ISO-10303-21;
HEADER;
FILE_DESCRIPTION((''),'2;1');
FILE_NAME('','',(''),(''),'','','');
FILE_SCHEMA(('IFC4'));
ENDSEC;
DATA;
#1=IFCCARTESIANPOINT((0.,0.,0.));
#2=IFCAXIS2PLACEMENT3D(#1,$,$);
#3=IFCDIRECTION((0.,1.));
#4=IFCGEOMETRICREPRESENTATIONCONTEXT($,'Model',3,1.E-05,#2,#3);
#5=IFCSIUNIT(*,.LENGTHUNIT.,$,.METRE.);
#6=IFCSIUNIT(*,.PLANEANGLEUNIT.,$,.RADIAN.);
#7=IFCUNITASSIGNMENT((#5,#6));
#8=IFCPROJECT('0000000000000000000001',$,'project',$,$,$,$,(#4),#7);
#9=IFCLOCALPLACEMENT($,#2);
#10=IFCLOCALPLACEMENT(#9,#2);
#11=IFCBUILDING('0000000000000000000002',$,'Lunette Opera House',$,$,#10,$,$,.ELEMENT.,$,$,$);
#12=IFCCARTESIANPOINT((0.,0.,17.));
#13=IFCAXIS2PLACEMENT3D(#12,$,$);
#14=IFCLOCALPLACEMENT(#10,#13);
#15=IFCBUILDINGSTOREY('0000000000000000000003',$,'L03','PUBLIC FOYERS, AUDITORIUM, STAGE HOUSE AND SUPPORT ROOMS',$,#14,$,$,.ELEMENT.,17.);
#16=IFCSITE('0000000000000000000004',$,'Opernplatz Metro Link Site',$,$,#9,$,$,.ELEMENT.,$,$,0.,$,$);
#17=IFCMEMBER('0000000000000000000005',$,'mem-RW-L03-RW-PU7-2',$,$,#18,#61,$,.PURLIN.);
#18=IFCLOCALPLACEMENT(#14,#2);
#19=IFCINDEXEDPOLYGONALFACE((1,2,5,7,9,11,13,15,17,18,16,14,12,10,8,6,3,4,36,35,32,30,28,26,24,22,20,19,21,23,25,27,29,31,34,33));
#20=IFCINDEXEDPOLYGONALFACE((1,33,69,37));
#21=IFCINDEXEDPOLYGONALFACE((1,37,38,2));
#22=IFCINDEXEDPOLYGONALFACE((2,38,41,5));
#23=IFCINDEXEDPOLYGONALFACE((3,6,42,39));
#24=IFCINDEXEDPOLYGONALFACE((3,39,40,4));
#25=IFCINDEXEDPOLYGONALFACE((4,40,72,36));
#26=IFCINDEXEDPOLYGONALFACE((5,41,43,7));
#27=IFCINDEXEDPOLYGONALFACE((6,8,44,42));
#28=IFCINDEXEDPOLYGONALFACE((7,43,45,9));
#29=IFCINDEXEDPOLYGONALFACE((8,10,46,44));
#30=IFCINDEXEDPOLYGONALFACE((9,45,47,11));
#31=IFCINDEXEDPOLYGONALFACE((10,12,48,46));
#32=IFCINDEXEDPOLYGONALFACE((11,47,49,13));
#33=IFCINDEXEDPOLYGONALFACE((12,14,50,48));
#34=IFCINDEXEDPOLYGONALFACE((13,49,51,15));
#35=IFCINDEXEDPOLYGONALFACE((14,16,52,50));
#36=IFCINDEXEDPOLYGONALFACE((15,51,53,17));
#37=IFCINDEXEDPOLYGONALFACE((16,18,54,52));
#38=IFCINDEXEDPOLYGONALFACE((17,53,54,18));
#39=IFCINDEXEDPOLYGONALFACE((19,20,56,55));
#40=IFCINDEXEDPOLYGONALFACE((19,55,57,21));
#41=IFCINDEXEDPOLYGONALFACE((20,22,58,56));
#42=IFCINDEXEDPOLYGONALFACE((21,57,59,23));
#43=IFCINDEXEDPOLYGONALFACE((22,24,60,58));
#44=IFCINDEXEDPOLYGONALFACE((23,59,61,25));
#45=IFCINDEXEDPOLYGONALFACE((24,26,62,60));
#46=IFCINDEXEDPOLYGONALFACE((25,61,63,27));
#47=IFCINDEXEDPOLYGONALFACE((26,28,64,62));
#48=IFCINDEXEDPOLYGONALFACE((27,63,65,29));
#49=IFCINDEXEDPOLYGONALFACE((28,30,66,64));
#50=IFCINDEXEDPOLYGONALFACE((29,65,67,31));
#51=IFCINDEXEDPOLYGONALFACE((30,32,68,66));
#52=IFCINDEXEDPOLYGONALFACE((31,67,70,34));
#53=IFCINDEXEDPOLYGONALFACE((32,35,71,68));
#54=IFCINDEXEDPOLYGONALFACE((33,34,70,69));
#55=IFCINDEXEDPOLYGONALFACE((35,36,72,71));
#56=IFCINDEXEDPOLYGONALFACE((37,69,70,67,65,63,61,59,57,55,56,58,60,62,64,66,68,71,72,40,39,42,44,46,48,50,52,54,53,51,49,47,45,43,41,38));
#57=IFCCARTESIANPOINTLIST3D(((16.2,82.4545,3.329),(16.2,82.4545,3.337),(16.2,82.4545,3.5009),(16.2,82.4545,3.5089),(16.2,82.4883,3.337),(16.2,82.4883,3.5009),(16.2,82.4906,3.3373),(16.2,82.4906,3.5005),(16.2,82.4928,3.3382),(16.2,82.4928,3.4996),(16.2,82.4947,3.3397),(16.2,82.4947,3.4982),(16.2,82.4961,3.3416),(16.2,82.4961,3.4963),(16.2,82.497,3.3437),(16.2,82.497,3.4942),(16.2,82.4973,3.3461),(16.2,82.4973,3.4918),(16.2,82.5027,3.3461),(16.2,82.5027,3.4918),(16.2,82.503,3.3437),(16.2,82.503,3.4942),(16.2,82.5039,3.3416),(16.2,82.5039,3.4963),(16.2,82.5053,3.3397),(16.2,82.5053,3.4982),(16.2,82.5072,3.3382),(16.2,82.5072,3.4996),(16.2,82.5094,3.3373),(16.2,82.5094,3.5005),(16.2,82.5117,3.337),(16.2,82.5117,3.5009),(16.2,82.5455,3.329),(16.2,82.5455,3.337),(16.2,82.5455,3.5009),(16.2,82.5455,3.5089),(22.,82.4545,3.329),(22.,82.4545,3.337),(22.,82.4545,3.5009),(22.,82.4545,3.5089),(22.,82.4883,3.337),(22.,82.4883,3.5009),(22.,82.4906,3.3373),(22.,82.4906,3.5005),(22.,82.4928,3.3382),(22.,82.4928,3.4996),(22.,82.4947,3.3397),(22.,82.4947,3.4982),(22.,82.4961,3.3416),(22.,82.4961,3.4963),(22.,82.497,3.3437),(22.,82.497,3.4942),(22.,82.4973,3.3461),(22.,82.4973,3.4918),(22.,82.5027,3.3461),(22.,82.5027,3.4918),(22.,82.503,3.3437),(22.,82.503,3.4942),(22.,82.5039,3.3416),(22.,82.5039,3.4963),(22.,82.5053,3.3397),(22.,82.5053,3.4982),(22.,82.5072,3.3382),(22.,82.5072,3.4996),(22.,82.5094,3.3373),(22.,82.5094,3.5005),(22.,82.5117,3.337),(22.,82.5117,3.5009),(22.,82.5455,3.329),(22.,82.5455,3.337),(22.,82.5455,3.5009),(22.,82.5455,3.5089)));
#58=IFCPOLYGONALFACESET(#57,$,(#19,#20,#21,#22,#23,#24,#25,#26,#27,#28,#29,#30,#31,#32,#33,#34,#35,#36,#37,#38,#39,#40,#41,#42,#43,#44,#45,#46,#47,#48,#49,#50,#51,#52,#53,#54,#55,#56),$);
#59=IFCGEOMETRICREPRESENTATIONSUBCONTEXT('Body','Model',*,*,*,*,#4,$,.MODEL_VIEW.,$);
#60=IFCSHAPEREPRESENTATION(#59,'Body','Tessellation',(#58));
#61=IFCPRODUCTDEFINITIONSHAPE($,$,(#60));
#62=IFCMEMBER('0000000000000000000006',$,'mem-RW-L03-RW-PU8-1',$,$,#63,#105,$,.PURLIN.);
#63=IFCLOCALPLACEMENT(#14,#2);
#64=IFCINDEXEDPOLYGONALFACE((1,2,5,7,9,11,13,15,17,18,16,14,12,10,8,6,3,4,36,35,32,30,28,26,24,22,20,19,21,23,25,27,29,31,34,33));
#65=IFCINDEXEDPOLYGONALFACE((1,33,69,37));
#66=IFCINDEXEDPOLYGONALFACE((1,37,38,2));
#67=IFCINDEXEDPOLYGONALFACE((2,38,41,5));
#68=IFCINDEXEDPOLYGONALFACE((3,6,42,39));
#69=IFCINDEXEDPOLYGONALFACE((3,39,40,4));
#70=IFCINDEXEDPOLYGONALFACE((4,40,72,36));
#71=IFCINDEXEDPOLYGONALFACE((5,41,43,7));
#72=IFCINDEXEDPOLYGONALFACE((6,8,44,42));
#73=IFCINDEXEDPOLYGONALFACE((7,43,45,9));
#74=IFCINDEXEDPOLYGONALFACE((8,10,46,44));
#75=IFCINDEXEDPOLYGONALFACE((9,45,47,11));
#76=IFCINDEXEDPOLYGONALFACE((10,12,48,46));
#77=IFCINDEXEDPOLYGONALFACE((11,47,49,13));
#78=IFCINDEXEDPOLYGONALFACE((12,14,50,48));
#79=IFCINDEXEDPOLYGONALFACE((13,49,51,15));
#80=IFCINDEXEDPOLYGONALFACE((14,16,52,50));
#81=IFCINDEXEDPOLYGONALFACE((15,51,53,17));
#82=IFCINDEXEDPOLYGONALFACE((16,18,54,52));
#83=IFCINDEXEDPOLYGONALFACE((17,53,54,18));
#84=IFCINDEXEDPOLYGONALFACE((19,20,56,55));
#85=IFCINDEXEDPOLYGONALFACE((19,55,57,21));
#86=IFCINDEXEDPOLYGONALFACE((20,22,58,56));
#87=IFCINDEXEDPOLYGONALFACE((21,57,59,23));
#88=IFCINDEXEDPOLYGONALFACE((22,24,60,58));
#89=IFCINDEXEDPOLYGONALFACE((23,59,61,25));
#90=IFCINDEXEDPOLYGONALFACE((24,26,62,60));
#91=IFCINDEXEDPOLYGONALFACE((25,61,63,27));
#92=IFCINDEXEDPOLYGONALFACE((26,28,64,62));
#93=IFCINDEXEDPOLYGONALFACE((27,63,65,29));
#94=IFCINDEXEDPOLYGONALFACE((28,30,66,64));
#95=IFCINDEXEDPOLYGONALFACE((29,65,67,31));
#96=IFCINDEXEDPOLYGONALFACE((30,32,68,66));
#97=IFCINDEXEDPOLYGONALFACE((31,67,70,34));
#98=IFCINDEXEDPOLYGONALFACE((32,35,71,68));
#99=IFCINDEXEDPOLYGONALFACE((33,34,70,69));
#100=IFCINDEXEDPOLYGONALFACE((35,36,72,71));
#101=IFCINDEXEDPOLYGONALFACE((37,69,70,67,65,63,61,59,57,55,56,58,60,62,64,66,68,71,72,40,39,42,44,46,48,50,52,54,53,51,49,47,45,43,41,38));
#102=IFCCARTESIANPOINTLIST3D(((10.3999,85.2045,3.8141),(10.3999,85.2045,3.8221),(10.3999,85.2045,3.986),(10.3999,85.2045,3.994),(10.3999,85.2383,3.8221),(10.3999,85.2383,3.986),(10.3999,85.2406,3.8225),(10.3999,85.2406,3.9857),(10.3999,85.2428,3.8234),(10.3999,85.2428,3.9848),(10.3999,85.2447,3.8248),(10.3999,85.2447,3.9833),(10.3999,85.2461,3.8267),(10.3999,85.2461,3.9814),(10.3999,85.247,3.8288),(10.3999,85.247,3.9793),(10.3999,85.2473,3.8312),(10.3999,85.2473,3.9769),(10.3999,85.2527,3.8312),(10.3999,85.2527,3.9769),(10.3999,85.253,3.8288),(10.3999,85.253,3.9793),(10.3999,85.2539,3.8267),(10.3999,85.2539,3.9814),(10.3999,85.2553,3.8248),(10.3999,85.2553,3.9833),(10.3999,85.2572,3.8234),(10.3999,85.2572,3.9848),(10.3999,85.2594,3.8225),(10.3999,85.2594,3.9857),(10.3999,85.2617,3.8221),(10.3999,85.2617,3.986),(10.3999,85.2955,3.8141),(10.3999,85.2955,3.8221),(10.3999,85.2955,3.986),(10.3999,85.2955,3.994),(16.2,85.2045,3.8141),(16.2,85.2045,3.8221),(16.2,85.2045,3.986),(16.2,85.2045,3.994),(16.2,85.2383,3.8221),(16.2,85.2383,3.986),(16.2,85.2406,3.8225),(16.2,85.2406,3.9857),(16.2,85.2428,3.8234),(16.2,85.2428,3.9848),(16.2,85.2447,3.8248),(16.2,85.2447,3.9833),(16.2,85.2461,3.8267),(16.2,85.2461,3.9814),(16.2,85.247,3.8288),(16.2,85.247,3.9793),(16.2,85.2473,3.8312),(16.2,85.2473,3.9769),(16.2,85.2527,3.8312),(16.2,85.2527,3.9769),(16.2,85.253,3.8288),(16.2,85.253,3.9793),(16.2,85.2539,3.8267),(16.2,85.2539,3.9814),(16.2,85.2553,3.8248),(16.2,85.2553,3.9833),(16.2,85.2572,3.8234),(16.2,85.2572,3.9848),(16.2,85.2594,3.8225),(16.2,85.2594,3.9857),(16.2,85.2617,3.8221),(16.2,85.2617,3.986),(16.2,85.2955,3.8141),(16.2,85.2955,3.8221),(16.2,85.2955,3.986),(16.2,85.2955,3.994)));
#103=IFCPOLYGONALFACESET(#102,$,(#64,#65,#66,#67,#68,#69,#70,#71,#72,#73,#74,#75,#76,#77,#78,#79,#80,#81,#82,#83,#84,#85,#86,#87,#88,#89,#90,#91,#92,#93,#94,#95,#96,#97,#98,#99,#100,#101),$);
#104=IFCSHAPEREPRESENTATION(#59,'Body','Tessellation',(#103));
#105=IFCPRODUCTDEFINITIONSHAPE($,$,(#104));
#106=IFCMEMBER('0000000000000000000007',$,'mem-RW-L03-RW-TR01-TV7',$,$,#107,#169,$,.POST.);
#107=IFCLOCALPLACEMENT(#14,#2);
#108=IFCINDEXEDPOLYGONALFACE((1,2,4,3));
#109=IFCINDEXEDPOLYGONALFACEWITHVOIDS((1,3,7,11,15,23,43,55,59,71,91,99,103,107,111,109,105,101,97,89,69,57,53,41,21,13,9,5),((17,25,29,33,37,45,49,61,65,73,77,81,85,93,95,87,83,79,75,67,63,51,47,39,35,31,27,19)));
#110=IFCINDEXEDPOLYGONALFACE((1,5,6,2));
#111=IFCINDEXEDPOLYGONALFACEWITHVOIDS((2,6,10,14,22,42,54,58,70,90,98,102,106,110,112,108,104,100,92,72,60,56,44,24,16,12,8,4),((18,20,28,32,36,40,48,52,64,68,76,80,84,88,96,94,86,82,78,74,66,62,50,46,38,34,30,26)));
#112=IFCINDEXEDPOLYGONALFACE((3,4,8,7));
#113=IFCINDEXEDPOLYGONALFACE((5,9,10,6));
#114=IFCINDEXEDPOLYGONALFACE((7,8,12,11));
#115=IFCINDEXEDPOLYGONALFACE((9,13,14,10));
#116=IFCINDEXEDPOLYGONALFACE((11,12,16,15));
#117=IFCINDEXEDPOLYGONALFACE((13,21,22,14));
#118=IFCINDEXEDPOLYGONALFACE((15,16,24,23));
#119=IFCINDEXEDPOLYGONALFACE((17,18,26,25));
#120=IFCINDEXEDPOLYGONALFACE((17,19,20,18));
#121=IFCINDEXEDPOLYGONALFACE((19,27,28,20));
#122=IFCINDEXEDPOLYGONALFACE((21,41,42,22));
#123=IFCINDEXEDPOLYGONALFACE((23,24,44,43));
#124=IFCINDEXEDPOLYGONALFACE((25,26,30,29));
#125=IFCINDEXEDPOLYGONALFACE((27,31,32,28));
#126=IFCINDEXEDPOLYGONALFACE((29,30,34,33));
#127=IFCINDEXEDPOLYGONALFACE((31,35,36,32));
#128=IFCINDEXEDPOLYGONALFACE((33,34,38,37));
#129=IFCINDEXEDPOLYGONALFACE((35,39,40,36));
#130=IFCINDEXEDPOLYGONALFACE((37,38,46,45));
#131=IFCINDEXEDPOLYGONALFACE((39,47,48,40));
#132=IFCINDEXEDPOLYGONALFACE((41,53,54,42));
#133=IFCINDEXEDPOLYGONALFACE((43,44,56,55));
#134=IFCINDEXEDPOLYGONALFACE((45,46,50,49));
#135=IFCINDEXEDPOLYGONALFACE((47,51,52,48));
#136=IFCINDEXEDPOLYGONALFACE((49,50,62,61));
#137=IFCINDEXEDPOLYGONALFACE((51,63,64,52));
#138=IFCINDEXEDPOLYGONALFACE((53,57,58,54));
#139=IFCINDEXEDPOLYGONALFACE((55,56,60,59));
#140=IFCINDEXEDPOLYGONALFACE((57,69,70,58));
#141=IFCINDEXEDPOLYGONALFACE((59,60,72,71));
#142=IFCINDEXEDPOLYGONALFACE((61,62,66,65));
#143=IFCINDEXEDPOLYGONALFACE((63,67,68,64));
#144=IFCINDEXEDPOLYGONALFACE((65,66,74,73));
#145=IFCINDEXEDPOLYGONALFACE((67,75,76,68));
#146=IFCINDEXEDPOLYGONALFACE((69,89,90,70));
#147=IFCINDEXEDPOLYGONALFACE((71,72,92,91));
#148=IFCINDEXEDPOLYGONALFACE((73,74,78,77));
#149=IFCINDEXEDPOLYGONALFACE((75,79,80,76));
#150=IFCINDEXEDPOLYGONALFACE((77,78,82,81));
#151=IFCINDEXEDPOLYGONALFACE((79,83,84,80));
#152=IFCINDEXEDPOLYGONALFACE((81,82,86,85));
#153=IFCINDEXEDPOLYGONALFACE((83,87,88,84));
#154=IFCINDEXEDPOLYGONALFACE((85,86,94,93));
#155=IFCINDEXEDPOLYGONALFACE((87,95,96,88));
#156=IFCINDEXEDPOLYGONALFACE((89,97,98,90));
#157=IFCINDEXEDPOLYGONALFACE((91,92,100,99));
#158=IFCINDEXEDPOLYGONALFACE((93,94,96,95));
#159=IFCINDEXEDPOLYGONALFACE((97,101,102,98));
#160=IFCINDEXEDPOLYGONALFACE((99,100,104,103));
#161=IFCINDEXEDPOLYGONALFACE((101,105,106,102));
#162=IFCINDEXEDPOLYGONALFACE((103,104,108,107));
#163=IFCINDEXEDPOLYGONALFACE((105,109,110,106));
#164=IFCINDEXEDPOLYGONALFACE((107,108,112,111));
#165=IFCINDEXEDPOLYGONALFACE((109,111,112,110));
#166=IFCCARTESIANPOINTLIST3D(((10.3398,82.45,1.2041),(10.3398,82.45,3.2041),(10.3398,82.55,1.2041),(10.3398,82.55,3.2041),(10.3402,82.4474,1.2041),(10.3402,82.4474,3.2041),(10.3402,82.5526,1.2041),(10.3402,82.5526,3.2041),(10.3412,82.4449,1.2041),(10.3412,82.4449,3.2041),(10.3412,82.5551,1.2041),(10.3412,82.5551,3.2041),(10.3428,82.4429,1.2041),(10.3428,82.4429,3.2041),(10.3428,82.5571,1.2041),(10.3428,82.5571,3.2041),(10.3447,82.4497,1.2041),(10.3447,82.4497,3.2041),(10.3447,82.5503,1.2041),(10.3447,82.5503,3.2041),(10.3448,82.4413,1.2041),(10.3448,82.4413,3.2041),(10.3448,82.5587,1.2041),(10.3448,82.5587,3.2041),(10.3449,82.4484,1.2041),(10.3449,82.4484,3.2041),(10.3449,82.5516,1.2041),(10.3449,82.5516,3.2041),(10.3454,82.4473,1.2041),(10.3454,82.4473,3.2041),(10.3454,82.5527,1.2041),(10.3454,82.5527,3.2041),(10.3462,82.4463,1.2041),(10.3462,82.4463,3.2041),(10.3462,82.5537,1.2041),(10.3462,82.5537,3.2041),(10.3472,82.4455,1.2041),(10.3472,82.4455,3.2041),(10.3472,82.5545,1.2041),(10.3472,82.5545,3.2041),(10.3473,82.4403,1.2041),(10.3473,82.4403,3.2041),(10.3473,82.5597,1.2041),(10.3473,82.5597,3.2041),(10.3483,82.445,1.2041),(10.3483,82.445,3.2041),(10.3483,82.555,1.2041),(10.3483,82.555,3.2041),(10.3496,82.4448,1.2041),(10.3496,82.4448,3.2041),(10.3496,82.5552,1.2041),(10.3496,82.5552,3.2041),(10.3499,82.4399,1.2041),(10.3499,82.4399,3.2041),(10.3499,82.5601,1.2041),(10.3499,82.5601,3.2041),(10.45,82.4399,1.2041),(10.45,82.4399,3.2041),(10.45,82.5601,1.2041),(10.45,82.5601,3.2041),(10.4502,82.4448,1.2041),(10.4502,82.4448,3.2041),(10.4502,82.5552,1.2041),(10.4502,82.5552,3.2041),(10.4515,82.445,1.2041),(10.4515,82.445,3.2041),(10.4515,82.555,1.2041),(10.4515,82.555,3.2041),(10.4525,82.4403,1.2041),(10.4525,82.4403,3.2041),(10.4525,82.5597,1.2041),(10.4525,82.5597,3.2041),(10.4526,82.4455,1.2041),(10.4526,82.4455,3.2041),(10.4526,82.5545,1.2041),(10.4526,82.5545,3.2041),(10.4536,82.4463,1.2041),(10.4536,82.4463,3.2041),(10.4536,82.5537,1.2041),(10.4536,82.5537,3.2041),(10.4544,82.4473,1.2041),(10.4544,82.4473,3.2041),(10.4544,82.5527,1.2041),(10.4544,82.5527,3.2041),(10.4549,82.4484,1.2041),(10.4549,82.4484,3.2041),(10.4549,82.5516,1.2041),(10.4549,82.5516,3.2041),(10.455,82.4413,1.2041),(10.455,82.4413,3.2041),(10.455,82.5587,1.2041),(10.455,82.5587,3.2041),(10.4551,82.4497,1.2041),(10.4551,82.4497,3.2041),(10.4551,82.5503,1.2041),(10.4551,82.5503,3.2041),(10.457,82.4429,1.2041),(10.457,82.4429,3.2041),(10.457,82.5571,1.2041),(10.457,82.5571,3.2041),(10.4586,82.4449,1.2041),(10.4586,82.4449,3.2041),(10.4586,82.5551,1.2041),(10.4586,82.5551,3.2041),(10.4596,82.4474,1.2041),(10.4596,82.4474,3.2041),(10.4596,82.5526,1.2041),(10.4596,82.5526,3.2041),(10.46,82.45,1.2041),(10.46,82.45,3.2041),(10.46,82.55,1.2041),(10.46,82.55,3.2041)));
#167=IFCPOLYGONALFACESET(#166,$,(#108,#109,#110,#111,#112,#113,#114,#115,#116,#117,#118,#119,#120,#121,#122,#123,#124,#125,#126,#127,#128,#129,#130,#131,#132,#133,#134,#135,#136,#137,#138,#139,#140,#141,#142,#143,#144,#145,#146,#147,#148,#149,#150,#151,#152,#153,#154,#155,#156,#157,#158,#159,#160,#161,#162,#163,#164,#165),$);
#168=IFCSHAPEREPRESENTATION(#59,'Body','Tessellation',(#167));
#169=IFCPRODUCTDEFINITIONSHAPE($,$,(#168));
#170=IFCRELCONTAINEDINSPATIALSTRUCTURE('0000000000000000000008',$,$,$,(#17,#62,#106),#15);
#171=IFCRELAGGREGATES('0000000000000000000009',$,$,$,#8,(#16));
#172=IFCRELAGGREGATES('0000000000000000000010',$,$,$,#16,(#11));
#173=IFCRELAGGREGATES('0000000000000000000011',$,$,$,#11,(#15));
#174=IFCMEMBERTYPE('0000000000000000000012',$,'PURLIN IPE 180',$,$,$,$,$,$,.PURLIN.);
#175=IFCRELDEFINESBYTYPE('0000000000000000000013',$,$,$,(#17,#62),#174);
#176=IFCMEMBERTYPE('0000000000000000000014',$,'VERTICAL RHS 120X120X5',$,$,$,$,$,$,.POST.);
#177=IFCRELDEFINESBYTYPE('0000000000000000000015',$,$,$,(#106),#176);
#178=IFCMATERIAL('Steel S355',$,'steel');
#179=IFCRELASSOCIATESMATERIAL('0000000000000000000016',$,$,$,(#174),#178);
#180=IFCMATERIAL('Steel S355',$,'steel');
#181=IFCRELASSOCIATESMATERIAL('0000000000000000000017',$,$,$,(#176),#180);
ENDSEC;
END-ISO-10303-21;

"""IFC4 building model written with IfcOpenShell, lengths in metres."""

from ifc_helpers import new_model, si_unit, direction, frame, origin, origin_2d, place, context, subcontext, project, spatial, hollow_rectangle, i_section, extrude, material, material_profile, profile_set, type_object, element, save


model = new_model("IFC4")

# Units and contexts
model_context = context("Model", 3, precision=1e-05, world=origin(), true_north=direction((0.0, 1.0)))
body_context = subcontext(model_context, "Body", "Model", "MODEL_VIEW")
ifc_project = project(units=[si_unit("LENGTHUNIT", "METRE"), si_unit("PLANEANGLEUNIT", "RADIAN")], contexts=[model_context])

# Site, building, storey
site_placement = place(None, origin())
site = spatial("IfcSite", under=ifc_project, at=site_placement, Name="Opernplatz Metro Link Site", CompositionType="ELEMENT", RefElevation=0.0)
building_placement = place(site_placement, origin())
building = spatial("IfcBuilding", under=site, at=building_placement, Name="Lunette Opera House", CompositionType="ELEMENT")
storey_placement = place(building_placement, frame((0.0, 0.0, 17.0)))
storey = spatial("IfcBuildingStorey", under=building, at=storey_placement, Name="L03", Description="PUBLIC FOYERS, AUDITORIUM, STAGE HOUSE AND SUPPORT ROOMS", CompositionType="ELEMENT", Elevation=17.0)

# Members
ifc_material_1 = material(Name="Steel S355", Category="steel")
ifc_material_profile_1 = material_profile(ifc_material_1, i_section(OverallWidth=0.0911, OverallDepth=0.1799, WebThickness=0.0054, FlangeThickness=0.0081, FilletRadius=0.009, at=origin_2d()), Name="IPE 180")
ifc_profile_set_1 = profile_set([ifc_material_profile_1], Name="Steel S355")
member_type_1 = type_object("IfcMemberType", Name="PURLIN IPE 180", PredefinedType="PURLIN", material=ifc_profile_set_1)
for number, where, z_axis, x_axis, name in (
    (1, (16.2, 82.5, 3.4189), (1.0, 0.0, 0.0), (0.0, 1.0, 0.0), "mem-RW-L03-RW-PU7-2"),
    (2, (10.3999, 85.25, 3.9041), (1.0, 0.0, 0.0), (0.0, 1.0, 0.0), "mem-RW-L03-RW-PU8-1"),
):
    element("IfcMember", number, at=place(storey_placement, frame(where, z_axis=z_axis, x_axis=x_axis)), inside=storey, type_object=member_type_1, Name=name, PredefinedType="PURLIN", context=body_context, shape_type="SweptSolid", body=[
        extrude(i_section(OverallWidth=0.0911, OverallDepth=0.1799, WebThickness=0.0054, FlangeThickness=0.0081, FilletRadius=0.009, at=origin_2d()), origin(), (0.0, 0.0, 1.0), 5.8),
    ])
ifc_material_2 = material(Name="Steel S355", Category="steel")
ifc_material_profile_2 = material_profile(ifc_material_2, hollow_rectangle(XDim=0.1201, YDim=0.1201, WallThickness=0.0049, InnerFilletRadius=0.0049, OuterFilletRadius=0.01, at=origin_2d()), Name="RHS 120X120X5")
ifc_profile_set_2 = profile_set([ifc_material_profile_2], Name="Steel S355")
member_type_2 = type_object("IfcMemberType", Name="VERTICAL RHS 120X120X5", PredefinedType="POST", material=ifc_profile_set_2)
for number, where, z_axis, x_axis, name in (
    (3, (10.3999, 82.5, 1.2041), (0.0, 0.0, 1.0), (1.0, 0.0, 0.0), "mem-RW-L03-RW-TR01-TV7"),
):
    element("IfcMember", number, at=place(storey_placement, frame(where, z_axis=z_axis, x_axis=x_axis)), inside=storey, type_object=member_type_2, Name=name, PredefinedType="POST", context=body_context, shape_type="SweptSolid", body=[
        extrude(hollow_rectangle(XDim=0.1201, YDim=0.1201, WallThickness=0.0049, InnerFilletRadius=0.0049, OuterFilletRadius=0.01, at=origin_2d()), origin(), (0.0, 0.0, 1.0), 2.0),
    ])

save(model, "model.ifc")
